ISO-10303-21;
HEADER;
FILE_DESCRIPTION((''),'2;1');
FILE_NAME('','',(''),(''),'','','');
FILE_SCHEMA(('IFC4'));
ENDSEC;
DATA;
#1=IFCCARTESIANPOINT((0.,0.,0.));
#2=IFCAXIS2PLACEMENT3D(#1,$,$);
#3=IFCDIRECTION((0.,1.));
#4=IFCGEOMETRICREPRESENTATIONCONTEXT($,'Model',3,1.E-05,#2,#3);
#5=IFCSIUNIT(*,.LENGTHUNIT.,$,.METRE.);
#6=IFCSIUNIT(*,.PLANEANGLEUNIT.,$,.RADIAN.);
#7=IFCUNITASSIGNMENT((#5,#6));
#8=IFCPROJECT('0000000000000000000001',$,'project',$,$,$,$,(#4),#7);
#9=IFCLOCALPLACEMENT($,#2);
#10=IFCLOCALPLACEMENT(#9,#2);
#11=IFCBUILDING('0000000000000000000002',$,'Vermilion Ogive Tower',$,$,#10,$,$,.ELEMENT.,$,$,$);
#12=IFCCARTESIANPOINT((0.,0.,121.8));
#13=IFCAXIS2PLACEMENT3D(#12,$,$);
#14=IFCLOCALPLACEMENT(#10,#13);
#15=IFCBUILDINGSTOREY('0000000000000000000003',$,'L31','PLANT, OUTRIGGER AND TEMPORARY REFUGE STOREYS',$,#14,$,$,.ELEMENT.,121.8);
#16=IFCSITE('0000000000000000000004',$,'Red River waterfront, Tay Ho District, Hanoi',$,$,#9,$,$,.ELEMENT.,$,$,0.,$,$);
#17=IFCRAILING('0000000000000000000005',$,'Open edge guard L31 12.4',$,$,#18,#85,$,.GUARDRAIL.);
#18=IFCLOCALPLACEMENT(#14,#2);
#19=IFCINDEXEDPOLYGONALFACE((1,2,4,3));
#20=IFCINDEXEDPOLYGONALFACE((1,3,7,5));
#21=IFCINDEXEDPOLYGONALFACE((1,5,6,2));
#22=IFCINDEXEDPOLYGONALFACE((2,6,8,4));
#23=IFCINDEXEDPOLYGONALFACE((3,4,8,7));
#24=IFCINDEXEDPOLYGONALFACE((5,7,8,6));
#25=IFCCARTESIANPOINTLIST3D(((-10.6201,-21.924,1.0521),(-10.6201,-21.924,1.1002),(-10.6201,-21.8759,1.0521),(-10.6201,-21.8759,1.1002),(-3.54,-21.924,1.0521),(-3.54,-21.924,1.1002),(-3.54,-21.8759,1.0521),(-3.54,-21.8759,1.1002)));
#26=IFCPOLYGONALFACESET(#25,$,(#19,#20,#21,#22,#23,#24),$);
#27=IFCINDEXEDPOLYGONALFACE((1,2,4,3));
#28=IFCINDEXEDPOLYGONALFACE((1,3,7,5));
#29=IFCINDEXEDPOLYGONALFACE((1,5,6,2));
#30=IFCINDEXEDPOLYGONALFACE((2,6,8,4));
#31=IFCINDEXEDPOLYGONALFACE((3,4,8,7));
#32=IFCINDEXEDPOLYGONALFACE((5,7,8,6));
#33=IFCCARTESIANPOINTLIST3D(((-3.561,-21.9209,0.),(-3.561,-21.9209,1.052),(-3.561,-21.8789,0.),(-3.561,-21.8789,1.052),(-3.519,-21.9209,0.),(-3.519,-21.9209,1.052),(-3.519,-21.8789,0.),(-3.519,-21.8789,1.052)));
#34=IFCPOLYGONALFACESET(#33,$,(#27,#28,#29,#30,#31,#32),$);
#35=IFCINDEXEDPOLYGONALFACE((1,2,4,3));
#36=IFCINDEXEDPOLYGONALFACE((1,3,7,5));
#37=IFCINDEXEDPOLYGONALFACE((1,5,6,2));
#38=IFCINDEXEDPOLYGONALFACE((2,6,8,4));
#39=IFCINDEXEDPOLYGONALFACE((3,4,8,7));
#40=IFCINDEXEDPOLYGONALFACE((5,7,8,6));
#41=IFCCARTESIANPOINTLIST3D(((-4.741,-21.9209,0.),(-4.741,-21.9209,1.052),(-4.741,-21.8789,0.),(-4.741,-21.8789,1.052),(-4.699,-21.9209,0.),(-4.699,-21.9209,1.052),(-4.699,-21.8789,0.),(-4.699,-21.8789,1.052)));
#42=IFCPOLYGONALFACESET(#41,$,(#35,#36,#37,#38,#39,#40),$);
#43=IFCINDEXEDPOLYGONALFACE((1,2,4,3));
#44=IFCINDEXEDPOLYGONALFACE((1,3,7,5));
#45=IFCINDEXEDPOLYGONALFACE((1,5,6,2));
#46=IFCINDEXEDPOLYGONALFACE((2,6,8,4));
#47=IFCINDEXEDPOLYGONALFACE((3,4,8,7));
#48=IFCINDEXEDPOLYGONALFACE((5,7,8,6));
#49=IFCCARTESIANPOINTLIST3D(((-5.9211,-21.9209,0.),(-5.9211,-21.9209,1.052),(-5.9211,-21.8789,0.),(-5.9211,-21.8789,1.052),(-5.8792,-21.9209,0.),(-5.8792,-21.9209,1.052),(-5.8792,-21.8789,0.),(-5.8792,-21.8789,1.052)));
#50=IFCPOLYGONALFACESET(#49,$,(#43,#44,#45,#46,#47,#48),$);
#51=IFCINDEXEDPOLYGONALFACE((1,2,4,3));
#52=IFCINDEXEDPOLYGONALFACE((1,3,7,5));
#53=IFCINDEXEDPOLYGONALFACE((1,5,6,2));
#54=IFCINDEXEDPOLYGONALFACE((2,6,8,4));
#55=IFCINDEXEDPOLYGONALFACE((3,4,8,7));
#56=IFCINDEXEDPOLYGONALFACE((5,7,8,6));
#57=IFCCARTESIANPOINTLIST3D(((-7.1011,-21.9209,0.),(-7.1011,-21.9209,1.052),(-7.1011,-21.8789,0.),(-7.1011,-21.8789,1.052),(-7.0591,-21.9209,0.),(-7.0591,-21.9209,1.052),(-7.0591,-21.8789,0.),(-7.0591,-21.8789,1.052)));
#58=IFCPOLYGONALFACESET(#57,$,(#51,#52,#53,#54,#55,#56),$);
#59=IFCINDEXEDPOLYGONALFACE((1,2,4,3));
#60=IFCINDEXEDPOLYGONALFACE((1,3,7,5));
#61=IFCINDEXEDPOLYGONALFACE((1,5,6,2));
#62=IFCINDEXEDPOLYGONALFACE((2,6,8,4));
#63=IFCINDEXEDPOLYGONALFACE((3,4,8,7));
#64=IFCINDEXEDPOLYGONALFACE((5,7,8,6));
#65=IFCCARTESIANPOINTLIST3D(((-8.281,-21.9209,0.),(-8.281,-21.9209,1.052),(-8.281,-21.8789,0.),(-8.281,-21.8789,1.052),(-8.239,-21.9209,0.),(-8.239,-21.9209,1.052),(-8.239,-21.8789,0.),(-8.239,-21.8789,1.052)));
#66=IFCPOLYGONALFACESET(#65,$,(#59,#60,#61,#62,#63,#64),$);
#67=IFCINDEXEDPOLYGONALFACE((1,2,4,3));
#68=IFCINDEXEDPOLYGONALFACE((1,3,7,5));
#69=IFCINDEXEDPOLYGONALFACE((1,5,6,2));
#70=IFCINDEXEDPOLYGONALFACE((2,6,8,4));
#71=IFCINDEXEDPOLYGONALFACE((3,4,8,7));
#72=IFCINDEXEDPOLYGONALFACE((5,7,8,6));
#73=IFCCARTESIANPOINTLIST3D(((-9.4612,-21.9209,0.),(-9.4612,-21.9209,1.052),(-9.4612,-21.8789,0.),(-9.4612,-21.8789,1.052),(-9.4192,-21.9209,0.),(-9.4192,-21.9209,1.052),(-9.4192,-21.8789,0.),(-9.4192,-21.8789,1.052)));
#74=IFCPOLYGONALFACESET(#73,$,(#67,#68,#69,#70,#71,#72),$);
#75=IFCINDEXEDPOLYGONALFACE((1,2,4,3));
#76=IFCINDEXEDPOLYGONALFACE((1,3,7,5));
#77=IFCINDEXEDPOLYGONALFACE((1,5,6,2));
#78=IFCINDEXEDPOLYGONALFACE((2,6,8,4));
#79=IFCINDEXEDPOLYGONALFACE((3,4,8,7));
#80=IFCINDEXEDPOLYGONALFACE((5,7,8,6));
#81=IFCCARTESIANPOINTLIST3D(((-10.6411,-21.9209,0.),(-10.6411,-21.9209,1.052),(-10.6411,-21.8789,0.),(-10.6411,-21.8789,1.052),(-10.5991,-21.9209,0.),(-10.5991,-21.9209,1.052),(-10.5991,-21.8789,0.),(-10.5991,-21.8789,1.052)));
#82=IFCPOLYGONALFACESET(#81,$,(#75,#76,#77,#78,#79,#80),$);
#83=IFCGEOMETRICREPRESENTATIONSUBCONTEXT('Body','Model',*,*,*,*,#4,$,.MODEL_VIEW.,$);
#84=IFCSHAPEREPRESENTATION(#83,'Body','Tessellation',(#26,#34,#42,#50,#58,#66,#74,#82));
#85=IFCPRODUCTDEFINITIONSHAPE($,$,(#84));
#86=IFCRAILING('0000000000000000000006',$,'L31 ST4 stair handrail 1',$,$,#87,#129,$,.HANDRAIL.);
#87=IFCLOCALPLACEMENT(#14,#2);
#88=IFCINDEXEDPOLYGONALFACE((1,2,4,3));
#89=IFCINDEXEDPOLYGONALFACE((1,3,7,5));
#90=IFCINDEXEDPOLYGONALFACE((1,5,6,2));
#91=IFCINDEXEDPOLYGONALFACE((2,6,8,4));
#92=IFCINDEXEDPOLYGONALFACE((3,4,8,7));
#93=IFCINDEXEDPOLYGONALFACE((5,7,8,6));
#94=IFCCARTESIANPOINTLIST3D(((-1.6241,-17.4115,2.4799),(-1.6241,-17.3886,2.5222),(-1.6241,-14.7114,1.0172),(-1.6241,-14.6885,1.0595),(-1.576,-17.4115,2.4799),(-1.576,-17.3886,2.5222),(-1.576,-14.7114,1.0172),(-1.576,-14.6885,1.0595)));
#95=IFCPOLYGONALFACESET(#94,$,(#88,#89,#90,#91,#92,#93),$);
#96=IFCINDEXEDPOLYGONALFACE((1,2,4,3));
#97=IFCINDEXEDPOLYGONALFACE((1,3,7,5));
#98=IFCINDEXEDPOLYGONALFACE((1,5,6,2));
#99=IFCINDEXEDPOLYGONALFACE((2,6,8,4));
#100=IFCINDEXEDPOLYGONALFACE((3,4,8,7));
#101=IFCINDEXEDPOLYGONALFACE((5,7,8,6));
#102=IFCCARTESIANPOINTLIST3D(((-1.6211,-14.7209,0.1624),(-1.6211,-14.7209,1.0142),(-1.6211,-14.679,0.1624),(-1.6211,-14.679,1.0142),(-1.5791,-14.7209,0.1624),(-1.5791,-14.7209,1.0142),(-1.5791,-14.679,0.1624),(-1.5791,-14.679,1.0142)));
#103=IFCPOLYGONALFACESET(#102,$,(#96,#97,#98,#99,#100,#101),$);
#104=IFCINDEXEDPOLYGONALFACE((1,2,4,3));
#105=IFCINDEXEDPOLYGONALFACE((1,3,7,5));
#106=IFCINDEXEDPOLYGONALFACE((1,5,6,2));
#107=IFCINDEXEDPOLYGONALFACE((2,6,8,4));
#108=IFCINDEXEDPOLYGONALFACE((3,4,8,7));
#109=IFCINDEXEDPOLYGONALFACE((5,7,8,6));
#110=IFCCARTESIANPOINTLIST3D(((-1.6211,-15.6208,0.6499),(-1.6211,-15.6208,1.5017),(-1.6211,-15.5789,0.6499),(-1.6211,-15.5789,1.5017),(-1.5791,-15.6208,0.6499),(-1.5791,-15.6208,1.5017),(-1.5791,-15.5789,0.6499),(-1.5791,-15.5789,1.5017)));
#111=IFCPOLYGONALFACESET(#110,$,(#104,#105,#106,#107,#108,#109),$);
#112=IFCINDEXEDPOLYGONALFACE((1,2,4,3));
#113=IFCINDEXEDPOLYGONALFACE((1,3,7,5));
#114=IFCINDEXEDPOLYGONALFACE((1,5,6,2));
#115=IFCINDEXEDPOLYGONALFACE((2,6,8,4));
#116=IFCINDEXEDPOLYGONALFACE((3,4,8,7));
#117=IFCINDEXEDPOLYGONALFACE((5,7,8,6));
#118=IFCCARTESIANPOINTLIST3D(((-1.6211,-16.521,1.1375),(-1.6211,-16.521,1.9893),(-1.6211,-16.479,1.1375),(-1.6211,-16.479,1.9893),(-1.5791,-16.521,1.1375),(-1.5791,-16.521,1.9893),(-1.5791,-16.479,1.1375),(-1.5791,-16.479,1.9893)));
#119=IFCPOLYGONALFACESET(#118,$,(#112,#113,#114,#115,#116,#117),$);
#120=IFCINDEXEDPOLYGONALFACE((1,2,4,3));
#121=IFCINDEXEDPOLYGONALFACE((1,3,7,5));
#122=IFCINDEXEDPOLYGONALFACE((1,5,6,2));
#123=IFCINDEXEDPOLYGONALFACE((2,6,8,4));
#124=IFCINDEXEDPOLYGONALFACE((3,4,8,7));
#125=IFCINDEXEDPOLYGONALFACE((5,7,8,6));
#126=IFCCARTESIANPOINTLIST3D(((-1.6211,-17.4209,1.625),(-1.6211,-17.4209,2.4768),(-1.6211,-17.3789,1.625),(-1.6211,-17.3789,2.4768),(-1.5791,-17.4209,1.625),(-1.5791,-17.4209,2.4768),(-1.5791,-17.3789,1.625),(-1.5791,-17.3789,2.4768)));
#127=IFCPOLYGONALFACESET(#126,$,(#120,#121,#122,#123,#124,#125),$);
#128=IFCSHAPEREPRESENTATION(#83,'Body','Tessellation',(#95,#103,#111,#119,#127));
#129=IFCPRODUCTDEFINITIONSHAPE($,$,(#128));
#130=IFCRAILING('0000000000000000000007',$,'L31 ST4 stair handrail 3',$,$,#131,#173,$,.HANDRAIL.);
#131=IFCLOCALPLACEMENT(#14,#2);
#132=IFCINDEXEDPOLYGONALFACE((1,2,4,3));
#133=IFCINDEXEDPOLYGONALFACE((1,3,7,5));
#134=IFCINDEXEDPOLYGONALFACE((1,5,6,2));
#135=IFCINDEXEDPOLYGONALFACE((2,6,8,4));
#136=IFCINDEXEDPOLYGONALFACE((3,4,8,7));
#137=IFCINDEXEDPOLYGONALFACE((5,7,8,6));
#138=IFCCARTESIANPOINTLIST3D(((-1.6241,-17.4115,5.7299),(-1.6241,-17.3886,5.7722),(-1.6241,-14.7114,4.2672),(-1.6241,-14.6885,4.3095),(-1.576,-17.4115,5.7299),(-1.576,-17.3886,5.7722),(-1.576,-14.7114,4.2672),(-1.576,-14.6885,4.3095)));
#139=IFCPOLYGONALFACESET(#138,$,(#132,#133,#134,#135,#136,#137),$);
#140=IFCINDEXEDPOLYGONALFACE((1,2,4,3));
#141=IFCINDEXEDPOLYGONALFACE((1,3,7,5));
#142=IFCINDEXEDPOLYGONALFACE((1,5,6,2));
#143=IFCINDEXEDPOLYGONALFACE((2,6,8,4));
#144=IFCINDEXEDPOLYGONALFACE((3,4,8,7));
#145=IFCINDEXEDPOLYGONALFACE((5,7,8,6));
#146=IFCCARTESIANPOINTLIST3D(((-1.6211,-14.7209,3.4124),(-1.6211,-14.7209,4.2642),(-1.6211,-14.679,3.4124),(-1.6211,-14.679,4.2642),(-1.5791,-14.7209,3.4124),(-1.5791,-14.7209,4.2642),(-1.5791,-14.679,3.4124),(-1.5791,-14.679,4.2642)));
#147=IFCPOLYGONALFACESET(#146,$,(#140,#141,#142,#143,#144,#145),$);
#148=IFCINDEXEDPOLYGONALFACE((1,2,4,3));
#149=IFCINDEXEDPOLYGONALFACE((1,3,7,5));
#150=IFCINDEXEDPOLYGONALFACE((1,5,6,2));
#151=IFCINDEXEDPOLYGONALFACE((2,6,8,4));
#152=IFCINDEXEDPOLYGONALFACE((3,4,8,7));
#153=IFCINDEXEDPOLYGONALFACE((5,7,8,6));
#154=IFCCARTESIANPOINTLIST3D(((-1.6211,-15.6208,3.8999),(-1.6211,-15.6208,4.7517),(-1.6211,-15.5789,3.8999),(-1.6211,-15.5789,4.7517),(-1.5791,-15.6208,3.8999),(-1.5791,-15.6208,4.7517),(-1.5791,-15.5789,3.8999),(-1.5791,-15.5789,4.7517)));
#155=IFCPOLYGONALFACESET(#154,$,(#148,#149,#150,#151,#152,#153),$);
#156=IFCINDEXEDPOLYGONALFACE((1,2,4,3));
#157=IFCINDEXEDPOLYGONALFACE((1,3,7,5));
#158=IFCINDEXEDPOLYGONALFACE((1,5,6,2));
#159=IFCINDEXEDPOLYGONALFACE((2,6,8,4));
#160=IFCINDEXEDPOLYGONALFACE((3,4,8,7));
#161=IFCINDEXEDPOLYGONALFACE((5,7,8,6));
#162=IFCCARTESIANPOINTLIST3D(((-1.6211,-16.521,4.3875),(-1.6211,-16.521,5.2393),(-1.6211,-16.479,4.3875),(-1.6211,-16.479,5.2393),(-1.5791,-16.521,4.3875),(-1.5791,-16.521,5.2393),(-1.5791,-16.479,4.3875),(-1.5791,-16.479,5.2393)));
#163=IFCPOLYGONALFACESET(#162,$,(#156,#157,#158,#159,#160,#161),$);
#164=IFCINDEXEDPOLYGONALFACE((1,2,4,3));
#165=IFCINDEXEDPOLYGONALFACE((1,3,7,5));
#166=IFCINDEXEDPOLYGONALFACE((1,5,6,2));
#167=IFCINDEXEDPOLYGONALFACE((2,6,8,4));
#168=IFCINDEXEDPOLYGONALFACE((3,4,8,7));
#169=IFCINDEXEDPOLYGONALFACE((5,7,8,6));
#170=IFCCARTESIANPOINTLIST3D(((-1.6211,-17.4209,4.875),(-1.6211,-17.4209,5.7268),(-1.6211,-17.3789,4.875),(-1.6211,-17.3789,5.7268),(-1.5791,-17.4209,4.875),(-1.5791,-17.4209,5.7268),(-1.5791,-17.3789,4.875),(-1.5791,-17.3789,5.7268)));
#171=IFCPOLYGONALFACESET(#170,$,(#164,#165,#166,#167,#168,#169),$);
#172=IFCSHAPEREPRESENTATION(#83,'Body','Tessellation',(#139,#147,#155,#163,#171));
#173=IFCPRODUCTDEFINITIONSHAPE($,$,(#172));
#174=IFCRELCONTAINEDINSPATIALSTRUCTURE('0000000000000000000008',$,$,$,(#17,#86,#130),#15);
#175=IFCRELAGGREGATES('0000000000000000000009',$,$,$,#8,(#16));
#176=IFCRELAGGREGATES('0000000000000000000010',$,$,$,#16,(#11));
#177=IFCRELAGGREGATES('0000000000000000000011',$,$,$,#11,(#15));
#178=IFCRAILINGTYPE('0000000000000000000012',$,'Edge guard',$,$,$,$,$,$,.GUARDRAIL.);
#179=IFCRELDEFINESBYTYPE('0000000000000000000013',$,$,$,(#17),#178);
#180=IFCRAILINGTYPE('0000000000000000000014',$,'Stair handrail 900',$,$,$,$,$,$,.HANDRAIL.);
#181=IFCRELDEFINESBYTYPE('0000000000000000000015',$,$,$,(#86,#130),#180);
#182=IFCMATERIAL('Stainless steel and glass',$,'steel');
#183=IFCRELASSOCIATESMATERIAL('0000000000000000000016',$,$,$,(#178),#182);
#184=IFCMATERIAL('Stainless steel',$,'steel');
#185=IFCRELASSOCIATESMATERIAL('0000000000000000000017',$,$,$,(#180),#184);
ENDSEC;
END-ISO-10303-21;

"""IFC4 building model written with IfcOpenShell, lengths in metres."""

from ifc_helpers import new_model, si_unit, direction, frame, origin, origin_2d, place, context, subcontext, project, spatial, rectangle, extrude, material, type_object, element, save


model = new_model("IFC4")

# Units and contexts
model_context = context("Model", 3, precision=1e-05, world=origin(), true_north=direction((0.0, 1.0)))
body_context = subcontext(model_context, "Body", "Model", "MODEL_VIEW")
ifc_project = project(units=[si_unit("LENGTHUNIT", "METRE"), si_unit("PLANEANGLEUNIT", "RADIAN")], contexts=[model_context])

# Site, building, storey
site_placement = place(None, origin())
site = spatial("IfcSite", under=ifc_project, at=site_placement, Name="Red River waterfront, Tay Ho District, Hanoi", CompositionType="ELEMENT", RefElevation=0.0)
building_placement = place(site_placement, origin())
building = spatial("IfcBuilding", under=site, at=building_placement, Name="Vermilion Ogive Tower", CompositionType="ELEMENT")
storey_placement = place(building_placement, frame((0.0, 0.0, 121.8)))
storey = spatial("IfcBuildingStorey", under=building, at=storey_placement, Name="L31", Description="PLANT, OUTRIGGER AND TEMPORARY REFUGE STOREYS", CompositionType="ELEMENT", Elevation=121.8)

# Railings
ifc_material_1 = material(Name="Stainless steel and glass", Category="steel")
railing_type_1 = type_object("IfcRailingType", Name="Edge guard", PredefinedType="GUARDRAIL", material=ifc_material_1)
railing_placement = place(storey_placement, frame((-3.54, -21.8999, 0.0)))
element("IfcRailing", 1, at=railing_placement, inside=storey, type_object=railing_type_1, Name="Open edge guard L31 12.4", PredefinedType="GUARDRAIL", context=body_context, shape_type="SweptSolid", body=[
    extrude(rectangle(XDim=0.0481, YDim=0.0481, at=origin_2d()), frame((0.0, 0.0, 1.0762), z_axis=(-1.0, 0.0, 0.0), x_axis=(0.0, -1.0, 0.0)), (0.0, 0.0, 1.0), 7.0801),
    extrude(rectangle(XDim=0.042, YDim=0.042, at=origin_2d()), origin(), (0.0, 0.0, 1.0), 1.052),
    extrude(rectangle(XDim=0.042, YDim=0.042, at=origin_2d()), frame((-1.1799, 0.0, 0.0)), (0.0, 0.0, 1.0), 1.052),
    extrude(rectangle(XDim=0.042, YDim=0.042, at=origin_2d()), frame((-2.3601, 0.0, 0.0)), (0.0, 0.0, 1.0), 1.052),
    extrude(rectangle(XDim=0.042, YDim=0.042, at=origin_2d()), frame((-3.54, 0.0, 0.0)), (0.0, 0.0, 1.0), 1.052),
    extrude(rectangle(XDim=0.042, YDim=0.042, at=origin_2d()), frame((-4.72, 0.0, 0.0)), (0.0, 0.0, 1.0), 1.052),
    extrude(rectangle(XDim=0.042, YDim=0.042, at=origin_2d()), frame((-5.9001, 0.0, 0.0)), (0.0, 0.0, 1.0), 1.052),
    extrude(rectangle(XDim=0.042, YDim=0.042, at=origin_2d()), frame((-7.0801, 0.0, 0.0)), (0.0, 0.0, 1.0), 1.052),
])
ifc_material_2 = material(Name="Stainless steel", Category="steel")
railing_type_2 = type_object("IfcRailingType", Name="Stair handrail 900", PredefinedType="HANDRAIL", material=ifc_material_2)
for number, where, name in (
    (2, (-1.6001, -14.7, 0.1624), "L31 ST4 stair handrail 1"),
    (3, (-1.6001, -14.7, 3.4124), "L31 ST4 stair handrail 3"),
):
    element("IfcRailing", number, at=place(storey_placement, frame(where)), inside=storey, type_object=railing_type_2, Name=name, PredefinedType="HANDRAIL", context=body_context, shape_type="SweptSolid", body=[
        extrude(rectangle(XDim=0.0481, YDim=0.0481, at=origin_2d()), frame((0.0, 0.0, 0.876), z_axis=(0.0, -0.879268, 0.476327), x_axis=(1.0, 0.0, 0.0)), (0.0, 0.0, 1.0), 3.0708),
        extrude(rectangle(XDim=0.042, YDim=0.042, at=origin_2d()), origin(), (0.0, 0.0, 1.0), 0.8518),
        extrude(rectangle(XDim=0.042, YDim=0.042, at=origin_2d()), frame((0.0, -0.8999, 0.4875)), (0.0, 0.0, 1.0), 0.8518),
        extrude(rectangle(XDim=0.042, YDim=0.042, at=origin_2d()), frame((0.0, -1.8, 0.9751)), (0.0, 0.0, 1.0), 0.8518),
        extrude(rectangle(XDim=0.042, YDim=0.042, at=origin_2d()), frame((0.0, -2.7, 1.4626)), (0.0, 0.0, 1.0), 0.8518),
    ])

save(model, "model.ifc")
